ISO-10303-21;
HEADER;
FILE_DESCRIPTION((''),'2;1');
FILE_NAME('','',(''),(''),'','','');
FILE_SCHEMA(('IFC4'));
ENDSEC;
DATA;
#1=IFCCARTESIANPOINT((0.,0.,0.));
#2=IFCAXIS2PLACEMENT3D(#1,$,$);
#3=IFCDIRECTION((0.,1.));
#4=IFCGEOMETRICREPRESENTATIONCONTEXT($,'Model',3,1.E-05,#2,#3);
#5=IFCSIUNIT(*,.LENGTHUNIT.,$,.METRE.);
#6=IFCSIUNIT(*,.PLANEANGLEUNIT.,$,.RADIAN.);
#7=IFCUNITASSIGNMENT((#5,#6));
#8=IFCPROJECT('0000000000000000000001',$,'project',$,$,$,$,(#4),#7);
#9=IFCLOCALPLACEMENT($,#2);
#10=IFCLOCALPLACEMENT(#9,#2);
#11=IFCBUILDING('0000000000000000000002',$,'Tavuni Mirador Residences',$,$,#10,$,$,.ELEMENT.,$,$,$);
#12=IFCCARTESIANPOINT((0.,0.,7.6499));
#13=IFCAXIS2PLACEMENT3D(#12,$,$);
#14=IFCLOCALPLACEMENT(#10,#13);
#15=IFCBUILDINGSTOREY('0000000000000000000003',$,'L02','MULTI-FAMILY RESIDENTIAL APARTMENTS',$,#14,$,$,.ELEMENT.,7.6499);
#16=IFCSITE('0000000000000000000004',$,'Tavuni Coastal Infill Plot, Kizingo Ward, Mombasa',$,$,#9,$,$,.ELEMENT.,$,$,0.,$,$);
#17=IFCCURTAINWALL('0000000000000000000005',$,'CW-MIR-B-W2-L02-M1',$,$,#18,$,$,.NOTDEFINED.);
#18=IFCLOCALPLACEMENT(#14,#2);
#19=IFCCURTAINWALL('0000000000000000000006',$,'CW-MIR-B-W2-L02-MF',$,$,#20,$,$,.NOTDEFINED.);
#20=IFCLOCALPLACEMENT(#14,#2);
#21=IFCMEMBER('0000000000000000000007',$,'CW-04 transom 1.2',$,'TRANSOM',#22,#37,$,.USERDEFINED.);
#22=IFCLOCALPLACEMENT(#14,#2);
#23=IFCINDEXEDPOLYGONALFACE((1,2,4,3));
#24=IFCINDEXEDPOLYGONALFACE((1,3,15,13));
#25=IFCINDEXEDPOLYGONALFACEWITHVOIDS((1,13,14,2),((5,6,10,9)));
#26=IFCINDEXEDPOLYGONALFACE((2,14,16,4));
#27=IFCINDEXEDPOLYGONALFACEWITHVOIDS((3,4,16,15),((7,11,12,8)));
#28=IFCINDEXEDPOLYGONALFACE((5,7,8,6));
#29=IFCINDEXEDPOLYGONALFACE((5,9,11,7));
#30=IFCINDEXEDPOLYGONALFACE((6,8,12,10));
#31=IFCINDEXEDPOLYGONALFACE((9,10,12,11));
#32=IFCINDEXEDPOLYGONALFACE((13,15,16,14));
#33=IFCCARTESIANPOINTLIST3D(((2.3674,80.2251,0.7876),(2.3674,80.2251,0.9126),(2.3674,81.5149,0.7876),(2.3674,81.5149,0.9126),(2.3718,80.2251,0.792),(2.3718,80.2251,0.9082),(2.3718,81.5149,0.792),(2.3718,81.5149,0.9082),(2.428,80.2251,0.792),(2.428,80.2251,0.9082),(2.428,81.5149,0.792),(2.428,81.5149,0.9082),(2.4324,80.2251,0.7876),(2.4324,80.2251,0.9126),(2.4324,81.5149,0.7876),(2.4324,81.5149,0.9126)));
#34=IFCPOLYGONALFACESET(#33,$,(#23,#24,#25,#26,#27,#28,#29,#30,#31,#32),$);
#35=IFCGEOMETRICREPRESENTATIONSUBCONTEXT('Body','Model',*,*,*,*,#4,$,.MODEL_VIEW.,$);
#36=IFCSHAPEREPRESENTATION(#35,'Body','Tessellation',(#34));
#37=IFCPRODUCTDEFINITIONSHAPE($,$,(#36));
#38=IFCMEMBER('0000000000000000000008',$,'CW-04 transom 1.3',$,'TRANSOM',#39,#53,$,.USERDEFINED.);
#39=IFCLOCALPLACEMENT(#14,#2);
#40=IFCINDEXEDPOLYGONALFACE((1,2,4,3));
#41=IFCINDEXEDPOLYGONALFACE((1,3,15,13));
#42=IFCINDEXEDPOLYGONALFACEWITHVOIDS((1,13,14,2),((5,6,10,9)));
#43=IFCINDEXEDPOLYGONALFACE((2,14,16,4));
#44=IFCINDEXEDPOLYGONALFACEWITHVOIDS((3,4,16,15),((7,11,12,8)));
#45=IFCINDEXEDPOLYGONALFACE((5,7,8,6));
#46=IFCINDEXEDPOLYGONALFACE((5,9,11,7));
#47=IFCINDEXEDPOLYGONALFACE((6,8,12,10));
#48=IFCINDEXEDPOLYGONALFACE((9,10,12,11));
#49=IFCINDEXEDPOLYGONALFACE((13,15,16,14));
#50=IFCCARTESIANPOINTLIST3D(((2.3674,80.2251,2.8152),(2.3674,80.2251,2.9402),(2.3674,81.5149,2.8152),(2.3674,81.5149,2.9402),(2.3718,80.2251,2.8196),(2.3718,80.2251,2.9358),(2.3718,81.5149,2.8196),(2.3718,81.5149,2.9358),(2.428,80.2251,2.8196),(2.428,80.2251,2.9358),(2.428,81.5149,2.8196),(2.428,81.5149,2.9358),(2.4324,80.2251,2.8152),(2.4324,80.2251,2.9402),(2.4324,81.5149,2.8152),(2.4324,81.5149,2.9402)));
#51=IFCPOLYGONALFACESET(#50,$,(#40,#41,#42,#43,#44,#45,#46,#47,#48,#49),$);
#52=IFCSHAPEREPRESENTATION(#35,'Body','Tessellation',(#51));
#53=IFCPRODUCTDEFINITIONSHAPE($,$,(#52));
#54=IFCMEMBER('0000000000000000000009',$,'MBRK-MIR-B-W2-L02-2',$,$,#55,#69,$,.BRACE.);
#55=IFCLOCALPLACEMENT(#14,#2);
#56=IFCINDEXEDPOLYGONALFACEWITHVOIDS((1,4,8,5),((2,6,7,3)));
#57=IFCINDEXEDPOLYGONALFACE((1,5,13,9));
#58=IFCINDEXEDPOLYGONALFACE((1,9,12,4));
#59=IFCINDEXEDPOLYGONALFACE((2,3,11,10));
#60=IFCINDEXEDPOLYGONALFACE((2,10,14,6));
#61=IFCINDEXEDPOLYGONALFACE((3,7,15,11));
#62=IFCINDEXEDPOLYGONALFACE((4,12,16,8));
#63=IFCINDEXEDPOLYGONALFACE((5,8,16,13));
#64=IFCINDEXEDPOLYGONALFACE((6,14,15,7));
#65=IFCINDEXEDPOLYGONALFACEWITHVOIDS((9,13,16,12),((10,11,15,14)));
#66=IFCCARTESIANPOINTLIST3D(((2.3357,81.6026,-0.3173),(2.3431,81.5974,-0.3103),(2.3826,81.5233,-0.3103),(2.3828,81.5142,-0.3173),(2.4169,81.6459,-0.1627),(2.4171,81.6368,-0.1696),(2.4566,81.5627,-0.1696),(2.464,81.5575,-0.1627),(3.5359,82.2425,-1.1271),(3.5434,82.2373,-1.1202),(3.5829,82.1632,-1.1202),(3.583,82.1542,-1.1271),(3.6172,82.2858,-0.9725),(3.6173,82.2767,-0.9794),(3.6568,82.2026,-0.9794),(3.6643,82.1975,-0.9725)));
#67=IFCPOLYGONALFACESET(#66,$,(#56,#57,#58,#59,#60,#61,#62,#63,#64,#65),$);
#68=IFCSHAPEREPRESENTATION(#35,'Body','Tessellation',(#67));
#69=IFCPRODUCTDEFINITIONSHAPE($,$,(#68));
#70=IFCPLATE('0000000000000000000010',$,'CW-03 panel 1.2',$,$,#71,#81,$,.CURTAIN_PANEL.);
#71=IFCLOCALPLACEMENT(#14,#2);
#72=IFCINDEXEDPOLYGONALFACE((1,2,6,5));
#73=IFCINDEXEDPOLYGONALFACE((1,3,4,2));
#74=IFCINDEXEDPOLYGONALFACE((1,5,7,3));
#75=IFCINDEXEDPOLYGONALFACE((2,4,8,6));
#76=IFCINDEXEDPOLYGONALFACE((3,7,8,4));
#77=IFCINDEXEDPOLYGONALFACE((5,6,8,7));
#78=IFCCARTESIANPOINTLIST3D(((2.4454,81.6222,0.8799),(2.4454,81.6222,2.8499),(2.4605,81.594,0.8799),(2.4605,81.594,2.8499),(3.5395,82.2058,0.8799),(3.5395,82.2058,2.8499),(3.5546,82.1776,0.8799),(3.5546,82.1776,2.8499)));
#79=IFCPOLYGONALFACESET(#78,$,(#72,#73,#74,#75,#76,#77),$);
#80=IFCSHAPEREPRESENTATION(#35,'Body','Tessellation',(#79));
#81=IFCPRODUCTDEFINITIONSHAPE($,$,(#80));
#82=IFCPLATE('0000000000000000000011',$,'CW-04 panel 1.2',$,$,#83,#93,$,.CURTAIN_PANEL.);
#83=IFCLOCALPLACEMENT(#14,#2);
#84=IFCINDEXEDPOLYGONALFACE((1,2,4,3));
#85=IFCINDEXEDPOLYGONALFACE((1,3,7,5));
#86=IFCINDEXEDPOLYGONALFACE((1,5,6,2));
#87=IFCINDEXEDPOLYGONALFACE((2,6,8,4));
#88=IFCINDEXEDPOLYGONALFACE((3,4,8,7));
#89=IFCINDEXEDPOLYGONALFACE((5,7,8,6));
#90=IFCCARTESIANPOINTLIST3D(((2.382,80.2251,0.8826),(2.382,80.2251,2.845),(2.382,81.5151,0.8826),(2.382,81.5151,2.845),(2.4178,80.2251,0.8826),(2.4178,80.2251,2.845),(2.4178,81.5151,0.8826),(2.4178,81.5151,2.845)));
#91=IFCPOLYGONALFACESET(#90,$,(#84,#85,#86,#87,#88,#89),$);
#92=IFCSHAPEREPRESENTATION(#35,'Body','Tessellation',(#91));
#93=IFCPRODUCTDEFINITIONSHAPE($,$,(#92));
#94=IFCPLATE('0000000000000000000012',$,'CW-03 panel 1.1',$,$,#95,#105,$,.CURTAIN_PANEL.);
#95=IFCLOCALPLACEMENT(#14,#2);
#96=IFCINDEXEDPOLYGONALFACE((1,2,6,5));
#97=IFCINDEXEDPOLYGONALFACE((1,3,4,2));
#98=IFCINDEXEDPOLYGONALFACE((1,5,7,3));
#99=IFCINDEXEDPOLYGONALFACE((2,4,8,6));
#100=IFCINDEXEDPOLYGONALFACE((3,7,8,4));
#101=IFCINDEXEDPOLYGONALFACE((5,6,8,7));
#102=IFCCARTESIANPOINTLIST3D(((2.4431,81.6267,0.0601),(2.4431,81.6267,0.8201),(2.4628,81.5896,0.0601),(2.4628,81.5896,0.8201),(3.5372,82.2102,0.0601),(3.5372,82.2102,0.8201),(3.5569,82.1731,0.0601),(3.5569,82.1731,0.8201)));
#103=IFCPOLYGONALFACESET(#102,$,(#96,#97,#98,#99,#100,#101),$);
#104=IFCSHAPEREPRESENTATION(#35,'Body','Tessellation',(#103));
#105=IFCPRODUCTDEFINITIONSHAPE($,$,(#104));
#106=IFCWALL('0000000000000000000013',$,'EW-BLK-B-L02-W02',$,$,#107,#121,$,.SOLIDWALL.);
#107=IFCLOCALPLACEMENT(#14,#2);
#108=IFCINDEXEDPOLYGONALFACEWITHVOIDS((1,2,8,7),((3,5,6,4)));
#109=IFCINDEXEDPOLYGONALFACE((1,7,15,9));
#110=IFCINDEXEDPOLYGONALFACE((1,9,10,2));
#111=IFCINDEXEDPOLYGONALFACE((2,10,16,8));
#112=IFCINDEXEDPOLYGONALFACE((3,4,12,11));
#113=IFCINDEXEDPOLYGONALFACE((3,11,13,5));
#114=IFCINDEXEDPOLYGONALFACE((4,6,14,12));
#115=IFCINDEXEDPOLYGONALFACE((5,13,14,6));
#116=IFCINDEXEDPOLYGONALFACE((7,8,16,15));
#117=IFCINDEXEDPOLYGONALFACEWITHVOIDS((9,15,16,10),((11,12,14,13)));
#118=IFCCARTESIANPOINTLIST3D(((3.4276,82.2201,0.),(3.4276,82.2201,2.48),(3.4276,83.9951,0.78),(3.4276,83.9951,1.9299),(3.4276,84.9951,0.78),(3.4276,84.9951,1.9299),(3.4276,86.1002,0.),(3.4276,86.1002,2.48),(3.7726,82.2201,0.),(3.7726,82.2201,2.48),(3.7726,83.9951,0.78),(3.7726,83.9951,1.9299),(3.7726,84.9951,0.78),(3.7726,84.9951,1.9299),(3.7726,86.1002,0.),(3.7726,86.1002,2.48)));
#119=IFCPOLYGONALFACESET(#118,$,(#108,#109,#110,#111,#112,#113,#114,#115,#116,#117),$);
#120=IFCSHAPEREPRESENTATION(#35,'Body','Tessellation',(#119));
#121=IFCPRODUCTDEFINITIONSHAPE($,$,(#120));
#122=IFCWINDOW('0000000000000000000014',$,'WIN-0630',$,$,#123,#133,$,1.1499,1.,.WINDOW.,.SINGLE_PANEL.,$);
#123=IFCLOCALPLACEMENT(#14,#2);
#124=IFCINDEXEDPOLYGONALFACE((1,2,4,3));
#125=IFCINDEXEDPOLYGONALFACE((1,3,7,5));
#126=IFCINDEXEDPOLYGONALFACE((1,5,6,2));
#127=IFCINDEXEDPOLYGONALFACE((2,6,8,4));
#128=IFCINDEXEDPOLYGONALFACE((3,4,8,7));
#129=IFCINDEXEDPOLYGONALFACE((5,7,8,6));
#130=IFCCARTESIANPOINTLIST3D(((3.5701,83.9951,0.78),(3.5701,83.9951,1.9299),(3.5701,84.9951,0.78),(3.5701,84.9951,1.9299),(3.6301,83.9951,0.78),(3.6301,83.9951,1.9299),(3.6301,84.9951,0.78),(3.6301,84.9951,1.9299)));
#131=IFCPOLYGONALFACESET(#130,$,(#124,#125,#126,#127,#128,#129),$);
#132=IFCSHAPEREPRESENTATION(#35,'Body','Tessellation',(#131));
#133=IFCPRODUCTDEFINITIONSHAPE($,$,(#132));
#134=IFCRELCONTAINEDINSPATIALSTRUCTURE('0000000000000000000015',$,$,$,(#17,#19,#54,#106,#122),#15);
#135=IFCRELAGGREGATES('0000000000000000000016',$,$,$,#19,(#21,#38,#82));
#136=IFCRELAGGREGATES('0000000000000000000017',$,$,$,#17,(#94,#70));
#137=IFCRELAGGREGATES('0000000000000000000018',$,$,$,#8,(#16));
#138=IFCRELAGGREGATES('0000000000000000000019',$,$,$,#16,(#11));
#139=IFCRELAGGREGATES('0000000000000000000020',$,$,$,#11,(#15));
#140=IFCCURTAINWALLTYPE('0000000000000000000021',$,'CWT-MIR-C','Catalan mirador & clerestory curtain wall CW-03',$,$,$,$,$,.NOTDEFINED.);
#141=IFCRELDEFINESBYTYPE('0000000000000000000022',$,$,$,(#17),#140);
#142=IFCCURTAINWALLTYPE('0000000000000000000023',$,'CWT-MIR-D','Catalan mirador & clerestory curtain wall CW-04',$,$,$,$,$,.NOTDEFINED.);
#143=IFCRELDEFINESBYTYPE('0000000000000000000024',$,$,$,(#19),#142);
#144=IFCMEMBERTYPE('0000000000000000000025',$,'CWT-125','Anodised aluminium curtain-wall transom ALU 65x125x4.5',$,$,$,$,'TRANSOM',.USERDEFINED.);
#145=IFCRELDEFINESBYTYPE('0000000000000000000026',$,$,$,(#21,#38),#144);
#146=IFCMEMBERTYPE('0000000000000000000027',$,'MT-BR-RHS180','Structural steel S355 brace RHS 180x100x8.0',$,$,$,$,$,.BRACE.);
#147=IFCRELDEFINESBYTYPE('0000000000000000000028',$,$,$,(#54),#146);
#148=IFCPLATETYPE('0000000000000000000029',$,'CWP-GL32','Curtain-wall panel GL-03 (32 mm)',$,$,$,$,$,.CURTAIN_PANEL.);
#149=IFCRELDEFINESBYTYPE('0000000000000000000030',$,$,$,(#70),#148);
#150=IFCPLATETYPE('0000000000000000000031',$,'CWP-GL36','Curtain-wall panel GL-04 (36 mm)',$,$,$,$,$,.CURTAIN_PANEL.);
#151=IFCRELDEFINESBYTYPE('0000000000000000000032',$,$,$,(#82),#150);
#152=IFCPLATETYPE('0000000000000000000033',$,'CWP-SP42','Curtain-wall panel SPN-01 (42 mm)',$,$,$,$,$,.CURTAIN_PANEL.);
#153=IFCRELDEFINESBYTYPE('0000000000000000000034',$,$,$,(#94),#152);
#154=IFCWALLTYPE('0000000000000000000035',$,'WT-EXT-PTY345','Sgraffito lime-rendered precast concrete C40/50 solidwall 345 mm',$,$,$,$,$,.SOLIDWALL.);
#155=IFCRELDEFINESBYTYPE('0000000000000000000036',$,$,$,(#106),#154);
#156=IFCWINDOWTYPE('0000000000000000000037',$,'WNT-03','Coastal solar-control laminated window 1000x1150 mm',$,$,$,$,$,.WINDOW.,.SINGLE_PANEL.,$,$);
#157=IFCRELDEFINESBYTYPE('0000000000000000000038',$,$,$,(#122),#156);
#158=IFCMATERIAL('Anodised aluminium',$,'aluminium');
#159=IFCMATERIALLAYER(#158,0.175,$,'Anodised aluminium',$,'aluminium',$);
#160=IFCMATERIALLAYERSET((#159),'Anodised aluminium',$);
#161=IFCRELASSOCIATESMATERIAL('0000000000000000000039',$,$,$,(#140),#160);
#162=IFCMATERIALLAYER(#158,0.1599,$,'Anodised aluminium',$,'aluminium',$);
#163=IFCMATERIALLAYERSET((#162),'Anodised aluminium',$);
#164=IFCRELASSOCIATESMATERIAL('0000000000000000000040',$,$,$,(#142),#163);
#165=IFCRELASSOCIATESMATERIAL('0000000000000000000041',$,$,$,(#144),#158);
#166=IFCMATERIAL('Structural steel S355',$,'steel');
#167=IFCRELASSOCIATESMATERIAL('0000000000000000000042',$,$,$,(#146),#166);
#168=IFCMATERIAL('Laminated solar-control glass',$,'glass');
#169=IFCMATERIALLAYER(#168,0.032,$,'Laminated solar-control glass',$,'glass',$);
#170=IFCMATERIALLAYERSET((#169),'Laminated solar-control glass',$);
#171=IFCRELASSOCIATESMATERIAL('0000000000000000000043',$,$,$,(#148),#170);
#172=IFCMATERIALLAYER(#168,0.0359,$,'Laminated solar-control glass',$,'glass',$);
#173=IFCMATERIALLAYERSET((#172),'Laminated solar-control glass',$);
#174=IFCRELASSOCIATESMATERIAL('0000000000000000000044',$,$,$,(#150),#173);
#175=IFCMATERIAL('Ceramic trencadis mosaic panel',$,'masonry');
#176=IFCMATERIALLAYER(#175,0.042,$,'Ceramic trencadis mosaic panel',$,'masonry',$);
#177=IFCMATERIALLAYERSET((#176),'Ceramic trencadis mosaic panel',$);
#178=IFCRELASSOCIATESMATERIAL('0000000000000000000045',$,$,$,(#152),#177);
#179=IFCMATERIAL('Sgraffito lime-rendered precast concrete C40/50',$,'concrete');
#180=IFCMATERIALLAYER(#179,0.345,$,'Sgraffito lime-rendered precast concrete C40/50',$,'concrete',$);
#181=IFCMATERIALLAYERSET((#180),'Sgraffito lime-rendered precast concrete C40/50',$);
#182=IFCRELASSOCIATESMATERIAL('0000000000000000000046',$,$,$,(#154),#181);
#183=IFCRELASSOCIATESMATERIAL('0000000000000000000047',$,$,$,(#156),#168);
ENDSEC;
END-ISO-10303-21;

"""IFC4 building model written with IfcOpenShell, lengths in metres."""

from ifc_helpers import new_model, si_unit, direction, frame, frame_2d, origin, origin_2d, place, context, subcontext, project, spatial, rectangle, hollow_rectangle, extrude, material, layer, layer_set, material_profile, profile_set, type_object, element, fill, aggregate, save


model = new_model("IFC4")

# Units and contexts
model_context = context("Model", 3, precision=1e-05, world=origin(), true_north=direction((0.0, 1.0)))
body_context = subcontext(model_context, "Body", "Model", "MODEL_VIEW")
ifc_project = project(units=[si_unit("LENGTHUNIT", "METRE"), si_unit("PLANEANGLEUNIT", "RADIAN")], contexts=[model_context])

# Site, building, storey
site_placement = place(None, origin())
site = spatial("IfcSite", under=ifc_project, at=site_placement, Name="Tavuni Coastal Infill Plot, Kizingo Ward, Mombasa", CompositionType="ELEMENT", RefElevation=0.0)
building_placement = place(site_placement, origin())
building = spatial("IfcBuilding", under=site, at=building_placement, Name="Tavuni Mirador Residences", CompositionType="ELEMENT")
storey_placement = place(building_placement, frame((0.0, 0.0, 7.6499)))
storey = spatial("IfcBuildingStorey", under=building, at=storey_placement, Name="L02", Description="MULTI-FAMILY RESIDENTIAL APARTMENTS", CompositionType="ELEMENT", Elevation=7.6499)

# Curtain wall
ifc_material_1 = material(Name="Anodised aluminium", Category="aluminium")
ifc_layer_1 = layer(ifc_material_1, 0.175, Name="Anodised aluminium", Category="aluminium")
ifc_layer_set_1 = layer_set([ifc_layer_1], Name="Anodised aluminium")
curtain_wall_type_1 = type_object("IfcCurtainWallType", Name="CWT-MIR-C", Description="Catalan mirador & clerestory curtain wall CW-03", PredefinedType="NOTDEFINED", material=ifc_layer_set_1)
curtain_wall_1_placement = place(storey_placement, origin())
curtain_wall_1 = element("IfcCurtainWall", 1, at=curtain_wall_1_placement, inside=storey, type_object=curtain_wall_type_1, Name="CW-MIR-B-W2-L02-M1", PredefinedType="NOTDEFINED")

# Curtain wall
ifc_layer_2 = layer(ifc_material_1, 0.1599, Name="Anodised aluminium", Category="aluminium")
ifc_layer_set_2 = layer_set([ifc_layer_2], Name="Anodised aluminium")
curtain_wall_type_2 = type_object("IfcCurtainWallType", Name="CWT-MIR-D", Description="Catalan mirador & clerestory curtain wall CW-04", PredefinedType="NOTDEFINED", material=ifc_layer_set_2)
curtain_wall_2_placement = place(storey_placement, origin())
curtain_wall_2 = element("IfcCurtainWall", 2, at=curtain_wall_2_placement, inside=storey, type_object=curtain_wall_type_2, Name="CW-MIR-B-W2-L02-MF", PredefinedType="NOTDEFINED")

# Members
ifc_material_profile_1 = material_profile(ifc_material_1, hollow_rectangle(XDim=0.0649, YDim=0.125, WallThickness=0.0044, at=origin_2d()), Name="ALU 65x125x4.5", Category="aluminium")
ifc_profile_set_1 = profile_set([ifc_material_profile_1], Name="Anodised aluminium")
member_type_1 = type_object("IfcMemberType", Name="CWT-125", Description="Anodised aluminium curtain-wall transom ALU 65x125x4.5", ElementType="TRANSOM", PredefinedType="USERDEFINED", material=ifc_profile_set_1)
member_1_placement = place(storey_placement, frame((2.3999, 81.5149, 0.8501), z_axis=(0.0, -1.0, 0.0), x_axis=(1.0, 0.0, 0.0)))
member_1 = element("IfcMember", 3, at=member_1_placement, type_object=member_type_1, Name="CW-04 transom 1.2", ObjectType="TRANSOM", PredefinedType="USERDEFINED", context=body_context, shape_type="SweptSolid", body=[
    extrude(hollow_rectangle(XDim=0.0649, YDim=0.125, WallThickness=0.0044, at=origin_2d()), origin(), (0.0, 0.0, 1.0), 1.2898),
])
member_2_placement = place(storey_placement, frame((2.3999, 81.5149, 2.8777), z_axis=(0.0, -1.0, 0.0), x_axis=(1.0, 0.0, 0.0)))
member_2 = element("IfcMember", 4, at=member_2_placement, type_object=member_type_1, Name="CW-04 transom 1.3", ObjectType="TRANSOM", PredefinedType="USERDEFINED", context=body_context, shape_type="SweptSolid", body=[
    extrude(hollow_rectangle(XDim=0.0649, YDim=0.125, WallThickness=0.0044, at=origin_2d()), origin(), (0.0, 0.0, 1.0), 1.2898),
])
ifc_material_2 = material(Name="Structural steel S355", Category="steel")
ifc_material_profile_2 = material_profile(ifc_material_2, hollow_rectangle(XDim=0.1001, YDim=0.1799, WallThickness=0.0081, at=origin_2d()), Name="RHS 180x100x8.0", Category="steel")
ifc_profile_set_2 = profile_set([ifc_material_profile_2], Name="Structural steel S355")
member_type_2 = type_object("IfcMemberType", Name="MT-BR-RHS180", Description="Structural steel S355 brace RHS 180x100x8.0", PredefinedType="BRACE", material=ifc_profile_set_2)
member_3_placement = place(storey_placement, frame((3.6001, 82.22, -1.0498), z_axis=(-0.758202, -0.404241, 0.511586), x_axis=(0.470467, -0.882418, 0.0)))
element("IfcMember", 5, at=member_3_placement, inside=storey, type_object=member_type_2, Name="MBRK-MIR-B-W2-L02-2", PredefinedType="BRACE", context=body_context, shape_type="SweptSolid", body=[
    extrude(hollow_rectangle(XDim=0.1001, YDim=0.1799, WallThickness=0.0081, at=origin_2d()), origin(), (0.0, 0.0, 1.0), 1.583),
])

# Plates
ifc_material_3 = material(Name="Laminated solar-control glass", Category="glass")
ifc_layer_3 = layer(ifc_material_3, 0.032, Name="Laminated solar-control glass", Category="glass")
ifc_layer_set_3 = layer_set([ifc_layer_3], Name="Laminated solar-control glass")
plate_type_1 = type_object("IfcPlateType", Name="CWP-GL32", Description="Curtain-wall panel GL-03 (32 mm)", PredefinedType="CURTAIN_PANEL", material=ifc_layer_set_3)
plate_1_placement = place(storey_placement, frame((3.0, 81.8999, 0.8799), z_axis=(0.0, 0.0, 1.0), x_axis=(-0.882353, -0.470588, 0.0)))
plate_1 = element("IfcPlate", 6, at=plate_1_placement, type_object=plate_type_1, Name="CW-03 panel 1.2", PredefinedType="CURTAIN_PANEL", context=body_context, shape_type="SweptSolid", body=[
    extrude(rectangle(XDim=1.24, YDim=0.032, at=origin_2d()), origin(), (0.0, 0.0, 1.0), 1.97),
])
ifc_layer_4 = layer(ifc_material_3, 0.0359, Name="Laminated solar-control glass", Category="glass")
ifc_layer_set_4 = layer_set([ifc_layer_4], Name="Laminated solar-control glass")
plate_type_2 = type_object("IfcPlateType", Name="CWP-GL36", Description="Curtain-wall panel GL-04 (36 mm)", PredefinedType="CURTAIN_PANEL", material=ifc_layer_set_4)
plate_2_placement = place(storey_placement, frame((2.3999, 80.8701, 0.8826), z_axis=(0.0, 0.0, 1.0), x_axis=(0.0, -1.0, 0.0)))
plate_2 = element("IfcPlate", 7, at=plate_2_placement, type_object=plate_type_2, Name="CW-04 panel 1.2", PredefinedType="CURTAIN_PANEL", context=body_context, shape_type="SweptSolid", body=[
    extrude(rectangle(XDim=1.29, YDim=0.0359, at=origin_2d()), origin(), (0.0, 0.0, 1.0), 1.9624),
])
aggregate(curtain_wall_2, [member_1, member_2, plate_2])
ifc_material_4 = material(Name="Ceramic trencadis mosaic panel", Category="masonry")
ifc_layer_5 = layer(ifc_material_4, 0.042, Name="Ceramic trencadis mosaic panel", Category="masonry")
ifc_layer_set_5 = layer_set([ifc_layer_5], Name="Ceramic trencadis mosaic panel")
plate_type_3 = type_object("IfcPlateType", Name="CWP-SP42", Description="Curtain-wall panel SPN-01 (42 mm)", PredefinedType="CURTAIN_PANEL", material=ifc_layer_set_5)
plate_3_placement = place(storey_placement, frame((3.0, 81.8999, 0.0601), z_axis=(0.0, 0.0, 1.0), x_axis=(-0.882353, -0.470588, 0.0)))
plate_3 = element("IfcPlate", 8, at=plate_3_placement, type_object=plate_type_3, Name="CW-03 panel 1.1", PredefinedType="CURTAIN_PANEL", context=body_context, shape_type="SweptSolid", body=[
    extrude(rectangle(XDim=1.24, YDim=0.042, at=origin_2d()), origin(), (0.0, 0.0, 1.0), 0.76),
])
aggregate(curtain_wall_1, [plate_3, plate_1])

# Wall, opening, window
ifc_material_5 = material(Name="Sgraffito lime-rendered precast concrete C40/50", Category="concrete")
ifc_layer_6 = layer(ifc_material_5, 0.345, Name="Sgraffito lime-rendered precast concrete C40/50", Category="concrete")
ifc_layer_set_6 = layer_set([ifc_layer_6], Name="Sgraffito lime-rendered precast concrete C40/50")
wall_type_1 = type_object("IfcWallType", Name="WT-EXT-PTY345", Description="Sgraffito lime-rendered precast concrete C40/50 solidwall 345 mm", PredefinedType="SOLIDWALL", material=ifc_layer_set_6)
wall_1_placement = place(storey_placement, frame((3.6001, 86.1001, 0.0), z_axis=(0.0, 0.0, 1.0), x_axis=(0.0, -1.0, 0.0)))
wall_1 = element("IfcWall", 9, at=wall_1_placement, inside=storey, type_object=wall_type_1, Name="EW-BLK-B-L02-W02", PredefinedType="SOLIDWALL", context=body_context, shape_type="SweptSolid", body=[
    extrude(rectangle(XDim=3.8801, YDim=0.345, at=frame_2d((1.9399, 0.0))), origin(), (0.0, 0.0, 1.0), 2.48),
])
opening_1_placement = place(wall_1_placement, frame((1.105, 0.0, 0.78)))
opening_1 = element("IfcOpeningElement", 10, at=opening_1_placement, cuts=wall_1, PredefinedType="OPENING", context=body_context, shape_type="SweptSolid", body=[
    extrude(rectangle(XDim=1.0, YDim=1.1499, at=frame_2d((0.5, 0.575))), frame((0.0, 0.1826, 0.0), z_axis=(0.0, -1.0, 0.0), x_axis=(1.0, 0.0, 0.0)), (0.0, 0.0, 1.0), 0.365),
])
window_type = type_object("IfcWindowType", Name="WNT-03", Description="Coastal solar-control laminated window 1000x1150 mm", PartitioningType="SINGLE_PANEL", PredefinedType="WINDOW", material=ifc_material_3)
window_placement = place(opening_1_placement, origin())
window = element("IfcWindow", 11, at=window_placement, inside=storey, type_object=window_type, Name="WIN-0630", OverallHeight=1.1499, OverallWidth=1.0, PartitioningType="SINGLE_PANEL", PredefinedType="WINDOW", context=body_context, shape_type="SweptSolid", body=[
    extrude(rectangle(XDim=1.0, YDim=1.1499, at=frame_2d((0.5, 0.575))), frame((0.0, 0.03, 0.0), z_axis=(0.0, -1.0, 0.0), x_axis=(1.0, 0.0, 0.0)), (0.0, 0.0, 1.0), 0.0601),
])
fill(opening_1, window)

save(model, "model.ifc")
